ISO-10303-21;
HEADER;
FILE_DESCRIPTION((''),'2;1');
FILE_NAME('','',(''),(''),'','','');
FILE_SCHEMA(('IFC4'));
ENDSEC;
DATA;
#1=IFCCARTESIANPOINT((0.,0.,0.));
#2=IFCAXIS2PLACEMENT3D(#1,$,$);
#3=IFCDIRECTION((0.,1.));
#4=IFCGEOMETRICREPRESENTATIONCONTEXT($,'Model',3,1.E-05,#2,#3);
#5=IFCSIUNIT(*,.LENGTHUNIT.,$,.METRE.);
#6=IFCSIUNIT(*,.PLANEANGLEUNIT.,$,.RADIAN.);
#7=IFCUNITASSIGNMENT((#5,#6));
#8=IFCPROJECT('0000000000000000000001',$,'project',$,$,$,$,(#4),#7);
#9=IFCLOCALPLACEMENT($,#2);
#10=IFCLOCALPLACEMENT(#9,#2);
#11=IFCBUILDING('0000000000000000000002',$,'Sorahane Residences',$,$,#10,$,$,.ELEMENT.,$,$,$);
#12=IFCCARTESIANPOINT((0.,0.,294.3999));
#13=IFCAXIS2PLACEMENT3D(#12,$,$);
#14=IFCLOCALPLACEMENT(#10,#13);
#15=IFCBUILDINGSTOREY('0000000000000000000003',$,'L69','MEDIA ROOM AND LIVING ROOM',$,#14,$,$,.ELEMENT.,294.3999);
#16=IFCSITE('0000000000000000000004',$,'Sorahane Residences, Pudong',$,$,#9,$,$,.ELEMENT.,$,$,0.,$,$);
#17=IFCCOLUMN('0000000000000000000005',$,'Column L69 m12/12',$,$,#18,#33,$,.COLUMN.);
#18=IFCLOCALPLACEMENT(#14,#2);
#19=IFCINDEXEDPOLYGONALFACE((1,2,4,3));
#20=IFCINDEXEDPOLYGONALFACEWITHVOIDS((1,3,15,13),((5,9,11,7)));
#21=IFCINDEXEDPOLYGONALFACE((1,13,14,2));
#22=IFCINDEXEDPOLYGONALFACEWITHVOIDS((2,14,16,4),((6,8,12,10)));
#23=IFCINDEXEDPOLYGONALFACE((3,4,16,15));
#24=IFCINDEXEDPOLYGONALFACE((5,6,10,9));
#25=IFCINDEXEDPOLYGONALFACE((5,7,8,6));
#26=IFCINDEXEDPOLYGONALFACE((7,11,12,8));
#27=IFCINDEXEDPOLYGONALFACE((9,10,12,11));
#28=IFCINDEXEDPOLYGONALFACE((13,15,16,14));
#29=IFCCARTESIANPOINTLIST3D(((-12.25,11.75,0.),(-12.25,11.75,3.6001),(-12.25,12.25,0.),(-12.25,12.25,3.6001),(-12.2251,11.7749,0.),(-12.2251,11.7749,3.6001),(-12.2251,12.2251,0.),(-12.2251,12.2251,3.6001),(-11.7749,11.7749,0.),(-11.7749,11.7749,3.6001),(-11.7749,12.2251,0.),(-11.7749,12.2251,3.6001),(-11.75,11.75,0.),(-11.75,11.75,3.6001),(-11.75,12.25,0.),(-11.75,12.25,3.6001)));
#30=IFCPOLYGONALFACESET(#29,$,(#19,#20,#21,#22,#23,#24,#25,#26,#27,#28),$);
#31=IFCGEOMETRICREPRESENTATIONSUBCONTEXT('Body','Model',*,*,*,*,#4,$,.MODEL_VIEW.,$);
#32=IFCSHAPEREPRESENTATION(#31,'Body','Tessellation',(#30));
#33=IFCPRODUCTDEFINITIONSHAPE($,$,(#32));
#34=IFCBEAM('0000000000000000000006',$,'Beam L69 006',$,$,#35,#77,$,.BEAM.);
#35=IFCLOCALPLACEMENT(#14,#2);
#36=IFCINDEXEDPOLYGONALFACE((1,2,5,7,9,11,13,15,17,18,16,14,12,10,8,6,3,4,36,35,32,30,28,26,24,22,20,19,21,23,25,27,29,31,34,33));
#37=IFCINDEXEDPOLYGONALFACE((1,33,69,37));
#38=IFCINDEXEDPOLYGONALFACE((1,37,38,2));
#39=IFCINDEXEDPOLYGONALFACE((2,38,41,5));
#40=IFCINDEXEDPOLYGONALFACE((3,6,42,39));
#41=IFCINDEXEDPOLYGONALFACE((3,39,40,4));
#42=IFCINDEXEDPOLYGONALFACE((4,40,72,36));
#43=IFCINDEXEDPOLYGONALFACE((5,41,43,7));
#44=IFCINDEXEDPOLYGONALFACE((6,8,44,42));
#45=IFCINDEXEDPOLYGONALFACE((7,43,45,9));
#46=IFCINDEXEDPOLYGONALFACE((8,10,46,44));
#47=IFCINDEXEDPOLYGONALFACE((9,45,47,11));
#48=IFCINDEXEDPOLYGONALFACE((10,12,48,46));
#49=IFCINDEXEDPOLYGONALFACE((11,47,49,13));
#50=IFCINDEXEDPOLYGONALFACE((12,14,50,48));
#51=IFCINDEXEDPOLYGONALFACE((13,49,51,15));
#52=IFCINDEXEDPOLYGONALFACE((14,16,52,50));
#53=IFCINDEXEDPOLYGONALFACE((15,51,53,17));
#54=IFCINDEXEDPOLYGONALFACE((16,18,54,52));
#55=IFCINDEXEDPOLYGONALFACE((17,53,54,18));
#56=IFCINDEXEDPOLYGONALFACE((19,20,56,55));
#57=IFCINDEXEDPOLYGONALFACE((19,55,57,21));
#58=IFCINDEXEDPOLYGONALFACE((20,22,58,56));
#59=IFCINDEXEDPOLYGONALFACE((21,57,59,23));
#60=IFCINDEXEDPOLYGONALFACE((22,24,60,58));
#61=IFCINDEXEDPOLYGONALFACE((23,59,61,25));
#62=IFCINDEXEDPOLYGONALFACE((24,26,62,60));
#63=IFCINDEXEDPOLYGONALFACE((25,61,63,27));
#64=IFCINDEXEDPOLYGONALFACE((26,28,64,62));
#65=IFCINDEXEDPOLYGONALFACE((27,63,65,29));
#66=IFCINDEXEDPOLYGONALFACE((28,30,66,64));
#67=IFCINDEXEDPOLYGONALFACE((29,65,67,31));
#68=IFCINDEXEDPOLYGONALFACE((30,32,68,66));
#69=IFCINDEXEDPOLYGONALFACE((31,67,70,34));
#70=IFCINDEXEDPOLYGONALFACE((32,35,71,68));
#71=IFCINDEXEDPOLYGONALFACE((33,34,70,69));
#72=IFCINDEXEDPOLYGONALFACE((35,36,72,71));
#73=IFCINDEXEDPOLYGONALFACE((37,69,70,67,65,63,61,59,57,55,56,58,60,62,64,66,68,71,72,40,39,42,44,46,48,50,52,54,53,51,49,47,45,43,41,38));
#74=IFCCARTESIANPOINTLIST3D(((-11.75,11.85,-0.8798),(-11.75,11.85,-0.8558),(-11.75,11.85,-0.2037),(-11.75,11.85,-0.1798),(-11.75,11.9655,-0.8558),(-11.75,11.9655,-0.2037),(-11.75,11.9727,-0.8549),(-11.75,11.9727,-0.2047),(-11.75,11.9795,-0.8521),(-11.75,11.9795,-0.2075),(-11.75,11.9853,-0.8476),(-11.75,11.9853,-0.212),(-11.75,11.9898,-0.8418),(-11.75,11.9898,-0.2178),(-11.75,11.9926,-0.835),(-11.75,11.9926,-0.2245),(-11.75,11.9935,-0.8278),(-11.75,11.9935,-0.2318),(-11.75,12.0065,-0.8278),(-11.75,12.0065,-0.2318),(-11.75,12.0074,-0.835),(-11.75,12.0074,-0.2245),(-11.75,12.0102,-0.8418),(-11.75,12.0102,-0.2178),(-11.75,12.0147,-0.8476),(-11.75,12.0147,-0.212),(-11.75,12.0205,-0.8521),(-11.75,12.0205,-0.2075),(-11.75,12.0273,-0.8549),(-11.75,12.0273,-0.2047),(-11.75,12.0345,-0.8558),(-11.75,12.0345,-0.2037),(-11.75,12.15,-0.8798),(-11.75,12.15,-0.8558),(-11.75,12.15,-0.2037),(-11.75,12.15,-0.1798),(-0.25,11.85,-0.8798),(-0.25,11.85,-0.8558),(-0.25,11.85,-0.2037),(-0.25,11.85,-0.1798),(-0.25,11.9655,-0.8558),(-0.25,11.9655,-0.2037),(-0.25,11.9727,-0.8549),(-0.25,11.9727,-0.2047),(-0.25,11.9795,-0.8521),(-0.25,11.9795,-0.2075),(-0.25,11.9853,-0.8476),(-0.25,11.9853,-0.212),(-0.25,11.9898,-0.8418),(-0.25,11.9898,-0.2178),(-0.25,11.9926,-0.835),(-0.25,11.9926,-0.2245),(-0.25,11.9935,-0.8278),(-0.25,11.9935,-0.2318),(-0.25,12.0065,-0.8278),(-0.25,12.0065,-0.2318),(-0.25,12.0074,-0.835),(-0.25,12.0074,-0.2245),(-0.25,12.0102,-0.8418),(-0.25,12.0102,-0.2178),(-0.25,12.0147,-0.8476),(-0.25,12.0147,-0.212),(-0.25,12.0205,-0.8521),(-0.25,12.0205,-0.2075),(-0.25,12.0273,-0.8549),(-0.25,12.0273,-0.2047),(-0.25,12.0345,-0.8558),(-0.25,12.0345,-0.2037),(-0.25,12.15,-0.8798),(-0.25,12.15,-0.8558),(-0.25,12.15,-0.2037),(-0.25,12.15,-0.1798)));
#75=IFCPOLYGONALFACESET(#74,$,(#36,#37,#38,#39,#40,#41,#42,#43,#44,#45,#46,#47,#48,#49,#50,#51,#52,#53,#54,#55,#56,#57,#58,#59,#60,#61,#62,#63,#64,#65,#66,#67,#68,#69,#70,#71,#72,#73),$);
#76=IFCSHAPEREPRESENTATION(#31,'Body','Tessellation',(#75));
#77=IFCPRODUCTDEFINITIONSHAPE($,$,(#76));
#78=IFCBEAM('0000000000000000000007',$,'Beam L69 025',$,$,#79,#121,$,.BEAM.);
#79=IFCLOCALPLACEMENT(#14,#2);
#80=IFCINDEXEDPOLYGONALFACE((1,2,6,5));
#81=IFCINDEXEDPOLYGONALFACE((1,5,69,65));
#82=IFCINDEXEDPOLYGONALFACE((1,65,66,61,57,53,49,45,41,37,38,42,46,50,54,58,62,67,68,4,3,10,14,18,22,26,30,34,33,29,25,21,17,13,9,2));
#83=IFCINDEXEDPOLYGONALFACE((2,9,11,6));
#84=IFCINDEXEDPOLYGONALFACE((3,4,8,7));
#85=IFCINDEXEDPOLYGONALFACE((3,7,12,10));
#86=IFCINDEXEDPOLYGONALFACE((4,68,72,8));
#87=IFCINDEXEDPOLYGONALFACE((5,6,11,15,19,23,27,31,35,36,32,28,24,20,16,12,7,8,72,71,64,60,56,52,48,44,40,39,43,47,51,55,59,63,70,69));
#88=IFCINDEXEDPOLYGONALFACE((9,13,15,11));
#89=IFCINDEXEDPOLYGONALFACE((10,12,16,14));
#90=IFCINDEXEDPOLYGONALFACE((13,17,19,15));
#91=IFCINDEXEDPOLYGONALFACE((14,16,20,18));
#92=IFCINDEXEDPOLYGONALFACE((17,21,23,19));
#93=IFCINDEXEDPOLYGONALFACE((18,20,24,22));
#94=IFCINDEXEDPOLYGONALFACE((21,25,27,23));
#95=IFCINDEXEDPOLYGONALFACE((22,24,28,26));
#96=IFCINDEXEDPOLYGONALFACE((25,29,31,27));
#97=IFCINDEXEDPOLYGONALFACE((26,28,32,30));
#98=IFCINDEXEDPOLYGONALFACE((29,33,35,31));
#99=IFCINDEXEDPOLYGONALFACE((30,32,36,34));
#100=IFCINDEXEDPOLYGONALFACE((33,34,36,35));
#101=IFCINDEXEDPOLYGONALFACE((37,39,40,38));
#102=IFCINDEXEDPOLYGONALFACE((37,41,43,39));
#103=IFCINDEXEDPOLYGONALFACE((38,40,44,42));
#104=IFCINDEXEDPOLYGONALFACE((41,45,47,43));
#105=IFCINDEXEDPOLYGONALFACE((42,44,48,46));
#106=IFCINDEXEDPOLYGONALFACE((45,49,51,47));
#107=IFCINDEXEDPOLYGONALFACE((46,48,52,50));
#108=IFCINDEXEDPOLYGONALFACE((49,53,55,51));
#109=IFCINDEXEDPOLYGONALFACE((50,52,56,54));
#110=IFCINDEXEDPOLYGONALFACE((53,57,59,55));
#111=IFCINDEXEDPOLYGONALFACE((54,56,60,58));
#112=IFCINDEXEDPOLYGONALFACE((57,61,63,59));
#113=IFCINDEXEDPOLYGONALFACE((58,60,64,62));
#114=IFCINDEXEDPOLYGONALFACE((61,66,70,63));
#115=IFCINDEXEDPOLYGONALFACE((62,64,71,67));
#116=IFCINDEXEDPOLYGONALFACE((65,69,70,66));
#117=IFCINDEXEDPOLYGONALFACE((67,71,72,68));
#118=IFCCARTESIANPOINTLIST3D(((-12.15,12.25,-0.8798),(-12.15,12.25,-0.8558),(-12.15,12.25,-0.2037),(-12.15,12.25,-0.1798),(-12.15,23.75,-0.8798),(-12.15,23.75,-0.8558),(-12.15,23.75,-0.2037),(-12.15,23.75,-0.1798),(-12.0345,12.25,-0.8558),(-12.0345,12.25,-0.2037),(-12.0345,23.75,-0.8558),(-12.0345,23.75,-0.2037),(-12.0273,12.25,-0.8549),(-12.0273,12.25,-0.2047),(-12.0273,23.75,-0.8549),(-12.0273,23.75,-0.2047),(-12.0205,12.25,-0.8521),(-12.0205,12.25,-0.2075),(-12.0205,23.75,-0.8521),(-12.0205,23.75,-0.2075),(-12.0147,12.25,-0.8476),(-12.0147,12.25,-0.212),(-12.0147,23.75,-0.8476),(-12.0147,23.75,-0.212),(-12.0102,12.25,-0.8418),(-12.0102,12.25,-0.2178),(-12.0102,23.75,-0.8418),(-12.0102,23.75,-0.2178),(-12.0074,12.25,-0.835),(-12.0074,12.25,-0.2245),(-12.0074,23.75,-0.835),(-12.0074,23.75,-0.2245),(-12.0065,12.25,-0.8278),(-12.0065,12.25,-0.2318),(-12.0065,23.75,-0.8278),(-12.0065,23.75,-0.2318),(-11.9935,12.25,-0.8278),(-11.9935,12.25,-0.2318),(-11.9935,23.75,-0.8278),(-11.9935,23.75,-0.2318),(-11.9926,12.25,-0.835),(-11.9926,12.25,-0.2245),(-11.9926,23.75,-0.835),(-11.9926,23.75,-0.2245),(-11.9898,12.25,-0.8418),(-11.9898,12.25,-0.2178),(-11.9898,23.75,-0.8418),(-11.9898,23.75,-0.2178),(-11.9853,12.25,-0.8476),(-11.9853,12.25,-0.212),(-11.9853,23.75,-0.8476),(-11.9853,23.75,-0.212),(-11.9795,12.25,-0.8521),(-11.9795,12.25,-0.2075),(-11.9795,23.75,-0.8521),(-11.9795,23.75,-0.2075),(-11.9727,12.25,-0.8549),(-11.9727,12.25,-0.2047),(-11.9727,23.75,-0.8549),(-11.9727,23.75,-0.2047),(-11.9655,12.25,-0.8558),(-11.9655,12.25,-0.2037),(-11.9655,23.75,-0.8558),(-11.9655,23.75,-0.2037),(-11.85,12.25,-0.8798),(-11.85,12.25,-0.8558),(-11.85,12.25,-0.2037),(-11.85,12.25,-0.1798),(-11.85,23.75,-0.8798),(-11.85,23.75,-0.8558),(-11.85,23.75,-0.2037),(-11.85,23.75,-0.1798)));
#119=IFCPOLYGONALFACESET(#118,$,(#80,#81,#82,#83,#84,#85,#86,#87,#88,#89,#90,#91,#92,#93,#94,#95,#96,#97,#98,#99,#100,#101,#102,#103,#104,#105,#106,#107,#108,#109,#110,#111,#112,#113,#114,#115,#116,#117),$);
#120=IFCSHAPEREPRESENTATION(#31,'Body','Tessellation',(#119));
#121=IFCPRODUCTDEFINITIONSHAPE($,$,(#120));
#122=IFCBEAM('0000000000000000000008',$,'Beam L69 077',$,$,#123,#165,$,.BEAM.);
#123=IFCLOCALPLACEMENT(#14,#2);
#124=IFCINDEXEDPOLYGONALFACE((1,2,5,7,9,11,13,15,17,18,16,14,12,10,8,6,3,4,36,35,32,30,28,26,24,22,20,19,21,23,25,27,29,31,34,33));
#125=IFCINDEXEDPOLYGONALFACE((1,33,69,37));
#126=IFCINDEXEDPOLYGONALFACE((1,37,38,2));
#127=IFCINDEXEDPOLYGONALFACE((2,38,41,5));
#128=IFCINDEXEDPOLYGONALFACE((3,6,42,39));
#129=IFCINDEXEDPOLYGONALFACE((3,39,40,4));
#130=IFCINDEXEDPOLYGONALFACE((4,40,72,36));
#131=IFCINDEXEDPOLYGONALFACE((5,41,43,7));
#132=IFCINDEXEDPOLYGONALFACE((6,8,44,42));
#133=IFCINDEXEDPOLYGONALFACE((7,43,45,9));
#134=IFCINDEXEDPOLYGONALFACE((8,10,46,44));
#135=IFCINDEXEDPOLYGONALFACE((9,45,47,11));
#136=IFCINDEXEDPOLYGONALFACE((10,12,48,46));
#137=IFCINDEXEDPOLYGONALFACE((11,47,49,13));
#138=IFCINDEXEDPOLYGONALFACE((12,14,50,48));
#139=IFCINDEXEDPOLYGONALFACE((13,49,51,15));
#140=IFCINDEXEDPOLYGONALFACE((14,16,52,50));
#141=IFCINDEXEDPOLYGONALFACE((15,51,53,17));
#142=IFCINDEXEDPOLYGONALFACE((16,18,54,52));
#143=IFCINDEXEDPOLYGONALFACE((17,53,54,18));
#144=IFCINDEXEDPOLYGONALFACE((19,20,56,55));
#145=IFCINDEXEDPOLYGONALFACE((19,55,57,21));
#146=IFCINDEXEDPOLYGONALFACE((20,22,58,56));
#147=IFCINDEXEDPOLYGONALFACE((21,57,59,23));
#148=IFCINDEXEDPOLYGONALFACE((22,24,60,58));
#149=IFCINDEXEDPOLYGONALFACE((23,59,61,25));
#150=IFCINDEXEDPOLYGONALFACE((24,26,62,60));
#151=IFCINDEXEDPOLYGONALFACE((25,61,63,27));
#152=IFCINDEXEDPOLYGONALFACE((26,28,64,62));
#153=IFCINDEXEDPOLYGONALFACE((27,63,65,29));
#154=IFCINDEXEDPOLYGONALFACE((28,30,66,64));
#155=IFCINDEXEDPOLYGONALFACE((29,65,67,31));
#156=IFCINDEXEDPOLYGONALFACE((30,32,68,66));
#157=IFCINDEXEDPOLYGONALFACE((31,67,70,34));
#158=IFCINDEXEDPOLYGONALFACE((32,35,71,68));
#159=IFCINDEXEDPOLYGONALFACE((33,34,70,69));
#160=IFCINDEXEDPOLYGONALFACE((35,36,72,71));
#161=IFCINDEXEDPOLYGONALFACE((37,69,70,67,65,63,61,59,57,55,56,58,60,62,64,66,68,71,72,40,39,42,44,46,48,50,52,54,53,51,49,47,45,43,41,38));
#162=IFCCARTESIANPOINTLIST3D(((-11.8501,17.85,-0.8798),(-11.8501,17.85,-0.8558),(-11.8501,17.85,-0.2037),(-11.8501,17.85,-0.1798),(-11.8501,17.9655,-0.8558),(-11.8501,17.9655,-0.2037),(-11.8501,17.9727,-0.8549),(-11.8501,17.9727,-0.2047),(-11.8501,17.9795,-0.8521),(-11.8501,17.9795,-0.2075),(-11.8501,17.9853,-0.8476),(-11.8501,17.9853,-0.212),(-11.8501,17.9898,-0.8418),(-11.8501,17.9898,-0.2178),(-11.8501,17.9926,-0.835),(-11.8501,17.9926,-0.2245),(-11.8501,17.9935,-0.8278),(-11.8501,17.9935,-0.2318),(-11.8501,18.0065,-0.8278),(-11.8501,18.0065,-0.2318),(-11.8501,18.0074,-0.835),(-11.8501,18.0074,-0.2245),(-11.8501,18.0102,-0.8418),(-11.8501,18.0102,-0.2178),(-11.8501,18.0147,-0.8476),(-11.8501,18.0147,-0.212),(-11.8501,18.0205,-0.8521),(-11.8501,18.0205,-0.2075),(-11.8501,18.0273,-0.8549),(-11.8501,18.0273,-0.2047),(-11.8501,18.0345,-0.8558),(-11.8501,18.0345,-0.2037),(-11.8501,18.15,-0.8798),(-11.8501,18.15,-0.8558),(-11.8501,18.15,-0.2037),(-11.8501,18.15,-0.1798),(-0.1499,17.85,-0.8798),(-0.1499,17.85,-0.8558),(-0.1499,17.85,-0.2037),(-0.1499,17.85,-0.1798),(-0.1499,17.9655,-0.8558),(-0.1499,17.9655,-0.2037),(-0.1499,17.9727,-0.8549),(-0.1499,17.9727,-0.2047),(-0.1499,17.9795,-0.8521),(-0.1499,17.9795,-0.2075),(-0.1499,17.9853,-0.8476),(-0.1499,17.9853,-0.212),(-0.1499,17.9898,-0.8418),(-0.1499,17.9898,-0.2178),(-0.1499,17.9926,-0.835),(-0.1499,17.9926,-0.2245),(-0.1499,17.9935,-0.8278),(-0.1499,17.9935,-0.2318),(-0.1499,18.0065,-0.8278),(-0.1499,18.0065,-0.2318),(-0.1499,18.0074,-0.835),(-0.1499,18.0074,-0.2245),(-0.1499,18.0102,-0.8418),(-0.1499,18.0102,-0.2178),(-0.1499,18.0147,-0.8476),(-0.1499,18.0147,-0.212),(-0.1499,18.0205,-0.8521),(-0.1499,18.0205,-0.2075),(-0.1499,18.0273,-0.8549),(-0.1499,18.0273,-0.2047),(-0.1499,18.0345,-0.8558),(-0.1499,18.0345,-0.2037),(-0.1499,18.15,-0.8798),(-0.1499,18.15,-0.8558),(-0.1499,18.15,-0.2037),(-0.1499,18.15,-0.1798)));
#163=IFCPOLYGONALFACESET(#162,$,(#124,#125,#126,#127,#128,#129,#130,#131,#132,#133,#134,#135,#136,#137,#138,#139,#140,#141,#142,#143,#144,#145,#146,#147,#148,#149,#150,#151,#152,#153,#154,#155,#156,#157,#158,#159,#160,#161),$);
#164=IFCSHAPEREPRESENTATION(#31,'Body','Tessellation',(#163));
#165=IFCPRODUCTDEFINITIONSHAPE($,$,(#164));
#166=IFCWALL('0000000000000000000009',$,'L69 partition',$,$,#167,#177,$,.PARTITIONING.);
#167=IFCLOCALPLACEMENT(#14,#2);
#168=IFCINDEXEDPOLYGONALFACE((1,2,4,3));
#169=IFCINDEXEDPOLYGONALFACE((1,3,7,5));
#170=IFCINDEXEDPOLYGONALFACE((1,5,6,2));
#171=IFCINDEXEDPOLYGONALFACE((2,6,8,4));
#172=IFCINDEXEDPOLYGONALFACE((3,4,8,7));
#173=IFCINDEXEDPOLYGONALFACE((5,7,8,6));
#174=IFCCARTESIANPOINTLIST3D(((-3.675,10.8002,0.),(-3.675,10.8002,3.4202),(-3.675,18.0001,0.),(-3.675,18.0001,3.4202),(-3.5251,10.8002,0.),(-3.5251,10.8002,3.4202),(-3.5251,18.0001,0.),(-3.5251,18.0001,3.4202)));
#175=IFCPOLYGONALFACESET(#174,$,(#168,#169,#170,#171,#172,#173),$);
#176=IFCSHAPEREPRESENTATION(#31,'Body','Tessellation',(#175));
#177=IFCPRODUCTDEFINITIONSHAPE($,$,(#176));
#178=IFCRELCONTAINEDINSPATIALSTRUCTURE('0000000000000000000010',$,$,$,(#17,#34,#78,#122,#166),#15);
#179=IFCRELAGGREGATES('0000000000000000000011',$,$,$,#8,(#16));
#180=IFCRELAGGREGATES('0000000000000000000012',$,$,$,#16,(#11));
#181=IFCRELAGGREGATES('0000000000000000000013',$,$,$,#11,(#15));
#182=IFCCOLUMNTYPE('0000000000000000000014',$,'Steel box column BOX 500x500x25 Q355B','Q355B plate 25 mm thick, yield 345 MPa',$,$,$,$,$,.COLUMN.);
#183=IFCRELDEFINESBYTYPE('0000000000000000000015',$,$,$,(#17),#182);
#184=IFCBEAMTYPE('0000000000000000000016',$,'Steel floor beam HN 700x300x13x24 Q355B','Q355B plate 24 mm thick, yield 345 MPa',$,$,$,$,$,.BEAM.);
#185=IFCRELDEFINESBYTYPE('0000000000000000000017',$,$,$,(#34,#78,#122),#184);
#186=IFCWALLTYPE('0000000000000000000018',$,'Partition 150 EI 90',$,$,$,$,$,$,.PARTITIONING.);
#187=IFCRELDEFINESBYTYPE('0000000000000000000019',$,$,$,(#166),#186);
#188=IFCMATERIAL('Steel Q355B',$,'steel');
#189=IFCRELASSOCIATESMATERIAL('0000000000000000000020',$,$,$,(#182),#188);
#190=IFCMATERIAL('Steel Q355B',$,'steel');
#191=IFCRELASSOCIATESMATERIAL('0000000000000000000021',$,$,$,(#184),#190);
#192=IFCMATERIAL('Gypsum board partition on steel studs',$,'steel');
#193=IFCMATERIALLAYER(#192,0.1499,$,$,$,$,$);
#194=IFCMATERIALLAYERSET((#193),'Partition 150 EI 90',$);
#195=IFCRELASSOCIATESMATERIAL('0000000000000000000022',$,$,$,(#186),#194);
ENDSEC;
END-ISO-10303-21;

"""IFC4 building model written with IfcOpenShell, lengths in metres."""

from ifc_helpers import new_model, si_unit, direction, frame, frame_2d, origin, origin_2d, place, context, subcontext, project, spatial, rectangle, hollow_rectangle, i_section, extrude, material, layer, layer_set, material_profile, profile_set, type_object, element, save


model = new_model("IFC4")

# Units and contexts
model_context = context("Model", 3, precision=1e-05, world=origin(), true_north=direction((0.0, 1.0)))
body_context = subcontext(model_context, "Body", "Model", "MODEL_VIEW")
ifc_project = project(units=[si_unit("LENGTHUNIT", "METRE"), si_unit("PLANEANGLEUNIT", "RADIAN")], contexts=[model_context])

# Site, building, storey
site_placement = place(None, origin())
site = spatial("IfcSite", under=ifc_project, at=site_placement, Name="Sorahane Residences, Pudong", CompositionType="ELEMENT", RefElevation=0.0)
building_placement = place(site_placement, origin())
building = spatial("IfcBuilding", under=site, at=building_placement, Name="Sorahane Residences", CompositionType="ELEMENT")
storey_placement = place(building_placement, frame((0.0, 0.0, 294.3999)))
storey = spatial("IfcBuildingStorey", under=building, at=storey_placement, Name="L69", Description="MEDIA ROOM AND LIVING ROOM", CompositionType="ELEMENT", Elevation=294.3999)

# Column
ifc_material_1 = material(Name="Steel Q355B", Category="steel")
ifc_material_profile_1 = material_profile(ifc_material_1, hollow_rectangle(XDim=0.5, YDim=0.5, WallThickness=0.0249, at=origin_2d()), Name="BOX 500x500x25")
ifc_profile_set_1 = profile_set([ifc_material_profile_1], Name="Steel Q355B")
column_type = type_object("IfcColumnType", Name="Steel box column BOX 500x500x25 Q355B", Description="Q355B plate 25 mm thick, yield 345 MPa", PredefinedType="COLUMN", material=ifc_profile_set_1)
column_placement = place(storey_placement, frame((-12.0, 12.0, 0.0), z_axis=(0.0, 0.0, 1.0), x_axis=(1.0, 0.0, 0.0)))
element("IfcColumn", 1, at=column_placement, inside=storey, type_object=column_type, Name="Column L69 m12/12", PredefinedType="COLUMN", context=body_context, shape_type="SweptSolid", body=[
    extrude(hollow_rectangle(XDim=0.5, YDim=0.5, WallThickness=0.0249, at=origin_2d()), origin(), (0.0, 0.0, 1.0), 3.6001),
])

# Beams
ifc_material_2 = material(Name="Steel Q355B", Category="steel")
ifc_material_profile_2 = material_profile(ifc_material_2, i_section(OverallWidth=0.3, OverallDepth=0.7, WebThickness=0.0129, FlangeThickness=0.0239, FilletRadius=0.0281, at=origin_2d()), Name="HN 700x300x13x24")
ifc_profile_set_2 = profile_set([ifc_material_profile_2], Name="Steel Q355B")
beam_type = type_object("IfcBeamType", Name="Steel floor beam HN 700x300x13x24 Q355B", Description="Q355B plate 24 mm thick, yield 345 MPa", PredefinedType="BEAM", material=ifc_profile_set_2)
for number, where, z_axis, x_axis, name in (
    (2, (-11.75, 12.0, -0.5298), (1.0, 0.0, 0.0), (0.0, 1.0, 0.0), "Beam L69 006"),
    (3, (-12.0, 12.25, -0.5298), (0.0, 1.0, 0.0), (-1.0, 0.0, 0.0), "Beam L69 025"),
):
    element("IfcBeam", number, at=place(storey_placement, frame(where, z_axis=z_axis, x_axis=x_axis)), inside=storey, type_object=beam_type, Name=name, PredefinedType="BEAM", context=body_context, shape_type="SweptSolid", body=[
        extrude(i_section(OverallWidth=0.3, OverallDepth=0.7, WebThickness=0.0129, FlangeThickness=0.0239, FilletRadius=0.0281, at=origin_2d()), origin(), (0.0, 0.0, 1.0), 11.5),
    ])
beam_placement = place(storey_placement, frame((-11.8501, 18.0, -0.5298), z_axis=(1.0, 0.0, 0.0), x_axis=(0.0, 1.0, 0.0)))
element("IfcBeam", 4, at=beam_placement, inside=storey, type_object=beam_type, Name="Beam L69 077", PredefinedType="BEAM", context=body_context, shape_type="SweptSolid", body=[
    extrude(i_section(OverallWidth=0.3, OverallDepth=0.7, WebThickness=0.0129, FlangeThickness=0.0239, FilletRadius=0.0281, at=origin_2d()), origin(), (0.0, 0.0, 1.0), 11.7002),
])

# Shared definitions
ifc_material_3 = material(Name="Gypsum board partition on steel studs", Category="steel")
ifc_layer_1 = layer(ifc_material_3, 0.1499)
ifc_layer_set_1 = layer_set([ifc_layer_1], Name="Partition 150 EI 90")
wall_type_1 = type_object("IfcWallType", Name="Partition 150 EI 90", PredefinedType="PARTITIONING", material=ifc_layer_set_1)

# Wall
wall_1_placement = place(storey_placement, frame((-3.6001, 10.8, 0.0), z_axis=(0.0, 0.0, 1.0), x_axis=(0.0, 1.0, 0.0)))
element("IfcWall", 5, at=wall_1_placement, inside=storey, type_object=wall_type_1, Name="L69 partition", PredefinedType="PARTITIONING", context=body_context, shape_type="SweptSolid", body=[
    extrude(rectangle(XDim=7.2, YDim=0.1499, at=frame_2d((3.6001, 0.0))), origin(), (0.0, 0.0, 1.0), 3.4202),
])

save(model, "model.ifc")
